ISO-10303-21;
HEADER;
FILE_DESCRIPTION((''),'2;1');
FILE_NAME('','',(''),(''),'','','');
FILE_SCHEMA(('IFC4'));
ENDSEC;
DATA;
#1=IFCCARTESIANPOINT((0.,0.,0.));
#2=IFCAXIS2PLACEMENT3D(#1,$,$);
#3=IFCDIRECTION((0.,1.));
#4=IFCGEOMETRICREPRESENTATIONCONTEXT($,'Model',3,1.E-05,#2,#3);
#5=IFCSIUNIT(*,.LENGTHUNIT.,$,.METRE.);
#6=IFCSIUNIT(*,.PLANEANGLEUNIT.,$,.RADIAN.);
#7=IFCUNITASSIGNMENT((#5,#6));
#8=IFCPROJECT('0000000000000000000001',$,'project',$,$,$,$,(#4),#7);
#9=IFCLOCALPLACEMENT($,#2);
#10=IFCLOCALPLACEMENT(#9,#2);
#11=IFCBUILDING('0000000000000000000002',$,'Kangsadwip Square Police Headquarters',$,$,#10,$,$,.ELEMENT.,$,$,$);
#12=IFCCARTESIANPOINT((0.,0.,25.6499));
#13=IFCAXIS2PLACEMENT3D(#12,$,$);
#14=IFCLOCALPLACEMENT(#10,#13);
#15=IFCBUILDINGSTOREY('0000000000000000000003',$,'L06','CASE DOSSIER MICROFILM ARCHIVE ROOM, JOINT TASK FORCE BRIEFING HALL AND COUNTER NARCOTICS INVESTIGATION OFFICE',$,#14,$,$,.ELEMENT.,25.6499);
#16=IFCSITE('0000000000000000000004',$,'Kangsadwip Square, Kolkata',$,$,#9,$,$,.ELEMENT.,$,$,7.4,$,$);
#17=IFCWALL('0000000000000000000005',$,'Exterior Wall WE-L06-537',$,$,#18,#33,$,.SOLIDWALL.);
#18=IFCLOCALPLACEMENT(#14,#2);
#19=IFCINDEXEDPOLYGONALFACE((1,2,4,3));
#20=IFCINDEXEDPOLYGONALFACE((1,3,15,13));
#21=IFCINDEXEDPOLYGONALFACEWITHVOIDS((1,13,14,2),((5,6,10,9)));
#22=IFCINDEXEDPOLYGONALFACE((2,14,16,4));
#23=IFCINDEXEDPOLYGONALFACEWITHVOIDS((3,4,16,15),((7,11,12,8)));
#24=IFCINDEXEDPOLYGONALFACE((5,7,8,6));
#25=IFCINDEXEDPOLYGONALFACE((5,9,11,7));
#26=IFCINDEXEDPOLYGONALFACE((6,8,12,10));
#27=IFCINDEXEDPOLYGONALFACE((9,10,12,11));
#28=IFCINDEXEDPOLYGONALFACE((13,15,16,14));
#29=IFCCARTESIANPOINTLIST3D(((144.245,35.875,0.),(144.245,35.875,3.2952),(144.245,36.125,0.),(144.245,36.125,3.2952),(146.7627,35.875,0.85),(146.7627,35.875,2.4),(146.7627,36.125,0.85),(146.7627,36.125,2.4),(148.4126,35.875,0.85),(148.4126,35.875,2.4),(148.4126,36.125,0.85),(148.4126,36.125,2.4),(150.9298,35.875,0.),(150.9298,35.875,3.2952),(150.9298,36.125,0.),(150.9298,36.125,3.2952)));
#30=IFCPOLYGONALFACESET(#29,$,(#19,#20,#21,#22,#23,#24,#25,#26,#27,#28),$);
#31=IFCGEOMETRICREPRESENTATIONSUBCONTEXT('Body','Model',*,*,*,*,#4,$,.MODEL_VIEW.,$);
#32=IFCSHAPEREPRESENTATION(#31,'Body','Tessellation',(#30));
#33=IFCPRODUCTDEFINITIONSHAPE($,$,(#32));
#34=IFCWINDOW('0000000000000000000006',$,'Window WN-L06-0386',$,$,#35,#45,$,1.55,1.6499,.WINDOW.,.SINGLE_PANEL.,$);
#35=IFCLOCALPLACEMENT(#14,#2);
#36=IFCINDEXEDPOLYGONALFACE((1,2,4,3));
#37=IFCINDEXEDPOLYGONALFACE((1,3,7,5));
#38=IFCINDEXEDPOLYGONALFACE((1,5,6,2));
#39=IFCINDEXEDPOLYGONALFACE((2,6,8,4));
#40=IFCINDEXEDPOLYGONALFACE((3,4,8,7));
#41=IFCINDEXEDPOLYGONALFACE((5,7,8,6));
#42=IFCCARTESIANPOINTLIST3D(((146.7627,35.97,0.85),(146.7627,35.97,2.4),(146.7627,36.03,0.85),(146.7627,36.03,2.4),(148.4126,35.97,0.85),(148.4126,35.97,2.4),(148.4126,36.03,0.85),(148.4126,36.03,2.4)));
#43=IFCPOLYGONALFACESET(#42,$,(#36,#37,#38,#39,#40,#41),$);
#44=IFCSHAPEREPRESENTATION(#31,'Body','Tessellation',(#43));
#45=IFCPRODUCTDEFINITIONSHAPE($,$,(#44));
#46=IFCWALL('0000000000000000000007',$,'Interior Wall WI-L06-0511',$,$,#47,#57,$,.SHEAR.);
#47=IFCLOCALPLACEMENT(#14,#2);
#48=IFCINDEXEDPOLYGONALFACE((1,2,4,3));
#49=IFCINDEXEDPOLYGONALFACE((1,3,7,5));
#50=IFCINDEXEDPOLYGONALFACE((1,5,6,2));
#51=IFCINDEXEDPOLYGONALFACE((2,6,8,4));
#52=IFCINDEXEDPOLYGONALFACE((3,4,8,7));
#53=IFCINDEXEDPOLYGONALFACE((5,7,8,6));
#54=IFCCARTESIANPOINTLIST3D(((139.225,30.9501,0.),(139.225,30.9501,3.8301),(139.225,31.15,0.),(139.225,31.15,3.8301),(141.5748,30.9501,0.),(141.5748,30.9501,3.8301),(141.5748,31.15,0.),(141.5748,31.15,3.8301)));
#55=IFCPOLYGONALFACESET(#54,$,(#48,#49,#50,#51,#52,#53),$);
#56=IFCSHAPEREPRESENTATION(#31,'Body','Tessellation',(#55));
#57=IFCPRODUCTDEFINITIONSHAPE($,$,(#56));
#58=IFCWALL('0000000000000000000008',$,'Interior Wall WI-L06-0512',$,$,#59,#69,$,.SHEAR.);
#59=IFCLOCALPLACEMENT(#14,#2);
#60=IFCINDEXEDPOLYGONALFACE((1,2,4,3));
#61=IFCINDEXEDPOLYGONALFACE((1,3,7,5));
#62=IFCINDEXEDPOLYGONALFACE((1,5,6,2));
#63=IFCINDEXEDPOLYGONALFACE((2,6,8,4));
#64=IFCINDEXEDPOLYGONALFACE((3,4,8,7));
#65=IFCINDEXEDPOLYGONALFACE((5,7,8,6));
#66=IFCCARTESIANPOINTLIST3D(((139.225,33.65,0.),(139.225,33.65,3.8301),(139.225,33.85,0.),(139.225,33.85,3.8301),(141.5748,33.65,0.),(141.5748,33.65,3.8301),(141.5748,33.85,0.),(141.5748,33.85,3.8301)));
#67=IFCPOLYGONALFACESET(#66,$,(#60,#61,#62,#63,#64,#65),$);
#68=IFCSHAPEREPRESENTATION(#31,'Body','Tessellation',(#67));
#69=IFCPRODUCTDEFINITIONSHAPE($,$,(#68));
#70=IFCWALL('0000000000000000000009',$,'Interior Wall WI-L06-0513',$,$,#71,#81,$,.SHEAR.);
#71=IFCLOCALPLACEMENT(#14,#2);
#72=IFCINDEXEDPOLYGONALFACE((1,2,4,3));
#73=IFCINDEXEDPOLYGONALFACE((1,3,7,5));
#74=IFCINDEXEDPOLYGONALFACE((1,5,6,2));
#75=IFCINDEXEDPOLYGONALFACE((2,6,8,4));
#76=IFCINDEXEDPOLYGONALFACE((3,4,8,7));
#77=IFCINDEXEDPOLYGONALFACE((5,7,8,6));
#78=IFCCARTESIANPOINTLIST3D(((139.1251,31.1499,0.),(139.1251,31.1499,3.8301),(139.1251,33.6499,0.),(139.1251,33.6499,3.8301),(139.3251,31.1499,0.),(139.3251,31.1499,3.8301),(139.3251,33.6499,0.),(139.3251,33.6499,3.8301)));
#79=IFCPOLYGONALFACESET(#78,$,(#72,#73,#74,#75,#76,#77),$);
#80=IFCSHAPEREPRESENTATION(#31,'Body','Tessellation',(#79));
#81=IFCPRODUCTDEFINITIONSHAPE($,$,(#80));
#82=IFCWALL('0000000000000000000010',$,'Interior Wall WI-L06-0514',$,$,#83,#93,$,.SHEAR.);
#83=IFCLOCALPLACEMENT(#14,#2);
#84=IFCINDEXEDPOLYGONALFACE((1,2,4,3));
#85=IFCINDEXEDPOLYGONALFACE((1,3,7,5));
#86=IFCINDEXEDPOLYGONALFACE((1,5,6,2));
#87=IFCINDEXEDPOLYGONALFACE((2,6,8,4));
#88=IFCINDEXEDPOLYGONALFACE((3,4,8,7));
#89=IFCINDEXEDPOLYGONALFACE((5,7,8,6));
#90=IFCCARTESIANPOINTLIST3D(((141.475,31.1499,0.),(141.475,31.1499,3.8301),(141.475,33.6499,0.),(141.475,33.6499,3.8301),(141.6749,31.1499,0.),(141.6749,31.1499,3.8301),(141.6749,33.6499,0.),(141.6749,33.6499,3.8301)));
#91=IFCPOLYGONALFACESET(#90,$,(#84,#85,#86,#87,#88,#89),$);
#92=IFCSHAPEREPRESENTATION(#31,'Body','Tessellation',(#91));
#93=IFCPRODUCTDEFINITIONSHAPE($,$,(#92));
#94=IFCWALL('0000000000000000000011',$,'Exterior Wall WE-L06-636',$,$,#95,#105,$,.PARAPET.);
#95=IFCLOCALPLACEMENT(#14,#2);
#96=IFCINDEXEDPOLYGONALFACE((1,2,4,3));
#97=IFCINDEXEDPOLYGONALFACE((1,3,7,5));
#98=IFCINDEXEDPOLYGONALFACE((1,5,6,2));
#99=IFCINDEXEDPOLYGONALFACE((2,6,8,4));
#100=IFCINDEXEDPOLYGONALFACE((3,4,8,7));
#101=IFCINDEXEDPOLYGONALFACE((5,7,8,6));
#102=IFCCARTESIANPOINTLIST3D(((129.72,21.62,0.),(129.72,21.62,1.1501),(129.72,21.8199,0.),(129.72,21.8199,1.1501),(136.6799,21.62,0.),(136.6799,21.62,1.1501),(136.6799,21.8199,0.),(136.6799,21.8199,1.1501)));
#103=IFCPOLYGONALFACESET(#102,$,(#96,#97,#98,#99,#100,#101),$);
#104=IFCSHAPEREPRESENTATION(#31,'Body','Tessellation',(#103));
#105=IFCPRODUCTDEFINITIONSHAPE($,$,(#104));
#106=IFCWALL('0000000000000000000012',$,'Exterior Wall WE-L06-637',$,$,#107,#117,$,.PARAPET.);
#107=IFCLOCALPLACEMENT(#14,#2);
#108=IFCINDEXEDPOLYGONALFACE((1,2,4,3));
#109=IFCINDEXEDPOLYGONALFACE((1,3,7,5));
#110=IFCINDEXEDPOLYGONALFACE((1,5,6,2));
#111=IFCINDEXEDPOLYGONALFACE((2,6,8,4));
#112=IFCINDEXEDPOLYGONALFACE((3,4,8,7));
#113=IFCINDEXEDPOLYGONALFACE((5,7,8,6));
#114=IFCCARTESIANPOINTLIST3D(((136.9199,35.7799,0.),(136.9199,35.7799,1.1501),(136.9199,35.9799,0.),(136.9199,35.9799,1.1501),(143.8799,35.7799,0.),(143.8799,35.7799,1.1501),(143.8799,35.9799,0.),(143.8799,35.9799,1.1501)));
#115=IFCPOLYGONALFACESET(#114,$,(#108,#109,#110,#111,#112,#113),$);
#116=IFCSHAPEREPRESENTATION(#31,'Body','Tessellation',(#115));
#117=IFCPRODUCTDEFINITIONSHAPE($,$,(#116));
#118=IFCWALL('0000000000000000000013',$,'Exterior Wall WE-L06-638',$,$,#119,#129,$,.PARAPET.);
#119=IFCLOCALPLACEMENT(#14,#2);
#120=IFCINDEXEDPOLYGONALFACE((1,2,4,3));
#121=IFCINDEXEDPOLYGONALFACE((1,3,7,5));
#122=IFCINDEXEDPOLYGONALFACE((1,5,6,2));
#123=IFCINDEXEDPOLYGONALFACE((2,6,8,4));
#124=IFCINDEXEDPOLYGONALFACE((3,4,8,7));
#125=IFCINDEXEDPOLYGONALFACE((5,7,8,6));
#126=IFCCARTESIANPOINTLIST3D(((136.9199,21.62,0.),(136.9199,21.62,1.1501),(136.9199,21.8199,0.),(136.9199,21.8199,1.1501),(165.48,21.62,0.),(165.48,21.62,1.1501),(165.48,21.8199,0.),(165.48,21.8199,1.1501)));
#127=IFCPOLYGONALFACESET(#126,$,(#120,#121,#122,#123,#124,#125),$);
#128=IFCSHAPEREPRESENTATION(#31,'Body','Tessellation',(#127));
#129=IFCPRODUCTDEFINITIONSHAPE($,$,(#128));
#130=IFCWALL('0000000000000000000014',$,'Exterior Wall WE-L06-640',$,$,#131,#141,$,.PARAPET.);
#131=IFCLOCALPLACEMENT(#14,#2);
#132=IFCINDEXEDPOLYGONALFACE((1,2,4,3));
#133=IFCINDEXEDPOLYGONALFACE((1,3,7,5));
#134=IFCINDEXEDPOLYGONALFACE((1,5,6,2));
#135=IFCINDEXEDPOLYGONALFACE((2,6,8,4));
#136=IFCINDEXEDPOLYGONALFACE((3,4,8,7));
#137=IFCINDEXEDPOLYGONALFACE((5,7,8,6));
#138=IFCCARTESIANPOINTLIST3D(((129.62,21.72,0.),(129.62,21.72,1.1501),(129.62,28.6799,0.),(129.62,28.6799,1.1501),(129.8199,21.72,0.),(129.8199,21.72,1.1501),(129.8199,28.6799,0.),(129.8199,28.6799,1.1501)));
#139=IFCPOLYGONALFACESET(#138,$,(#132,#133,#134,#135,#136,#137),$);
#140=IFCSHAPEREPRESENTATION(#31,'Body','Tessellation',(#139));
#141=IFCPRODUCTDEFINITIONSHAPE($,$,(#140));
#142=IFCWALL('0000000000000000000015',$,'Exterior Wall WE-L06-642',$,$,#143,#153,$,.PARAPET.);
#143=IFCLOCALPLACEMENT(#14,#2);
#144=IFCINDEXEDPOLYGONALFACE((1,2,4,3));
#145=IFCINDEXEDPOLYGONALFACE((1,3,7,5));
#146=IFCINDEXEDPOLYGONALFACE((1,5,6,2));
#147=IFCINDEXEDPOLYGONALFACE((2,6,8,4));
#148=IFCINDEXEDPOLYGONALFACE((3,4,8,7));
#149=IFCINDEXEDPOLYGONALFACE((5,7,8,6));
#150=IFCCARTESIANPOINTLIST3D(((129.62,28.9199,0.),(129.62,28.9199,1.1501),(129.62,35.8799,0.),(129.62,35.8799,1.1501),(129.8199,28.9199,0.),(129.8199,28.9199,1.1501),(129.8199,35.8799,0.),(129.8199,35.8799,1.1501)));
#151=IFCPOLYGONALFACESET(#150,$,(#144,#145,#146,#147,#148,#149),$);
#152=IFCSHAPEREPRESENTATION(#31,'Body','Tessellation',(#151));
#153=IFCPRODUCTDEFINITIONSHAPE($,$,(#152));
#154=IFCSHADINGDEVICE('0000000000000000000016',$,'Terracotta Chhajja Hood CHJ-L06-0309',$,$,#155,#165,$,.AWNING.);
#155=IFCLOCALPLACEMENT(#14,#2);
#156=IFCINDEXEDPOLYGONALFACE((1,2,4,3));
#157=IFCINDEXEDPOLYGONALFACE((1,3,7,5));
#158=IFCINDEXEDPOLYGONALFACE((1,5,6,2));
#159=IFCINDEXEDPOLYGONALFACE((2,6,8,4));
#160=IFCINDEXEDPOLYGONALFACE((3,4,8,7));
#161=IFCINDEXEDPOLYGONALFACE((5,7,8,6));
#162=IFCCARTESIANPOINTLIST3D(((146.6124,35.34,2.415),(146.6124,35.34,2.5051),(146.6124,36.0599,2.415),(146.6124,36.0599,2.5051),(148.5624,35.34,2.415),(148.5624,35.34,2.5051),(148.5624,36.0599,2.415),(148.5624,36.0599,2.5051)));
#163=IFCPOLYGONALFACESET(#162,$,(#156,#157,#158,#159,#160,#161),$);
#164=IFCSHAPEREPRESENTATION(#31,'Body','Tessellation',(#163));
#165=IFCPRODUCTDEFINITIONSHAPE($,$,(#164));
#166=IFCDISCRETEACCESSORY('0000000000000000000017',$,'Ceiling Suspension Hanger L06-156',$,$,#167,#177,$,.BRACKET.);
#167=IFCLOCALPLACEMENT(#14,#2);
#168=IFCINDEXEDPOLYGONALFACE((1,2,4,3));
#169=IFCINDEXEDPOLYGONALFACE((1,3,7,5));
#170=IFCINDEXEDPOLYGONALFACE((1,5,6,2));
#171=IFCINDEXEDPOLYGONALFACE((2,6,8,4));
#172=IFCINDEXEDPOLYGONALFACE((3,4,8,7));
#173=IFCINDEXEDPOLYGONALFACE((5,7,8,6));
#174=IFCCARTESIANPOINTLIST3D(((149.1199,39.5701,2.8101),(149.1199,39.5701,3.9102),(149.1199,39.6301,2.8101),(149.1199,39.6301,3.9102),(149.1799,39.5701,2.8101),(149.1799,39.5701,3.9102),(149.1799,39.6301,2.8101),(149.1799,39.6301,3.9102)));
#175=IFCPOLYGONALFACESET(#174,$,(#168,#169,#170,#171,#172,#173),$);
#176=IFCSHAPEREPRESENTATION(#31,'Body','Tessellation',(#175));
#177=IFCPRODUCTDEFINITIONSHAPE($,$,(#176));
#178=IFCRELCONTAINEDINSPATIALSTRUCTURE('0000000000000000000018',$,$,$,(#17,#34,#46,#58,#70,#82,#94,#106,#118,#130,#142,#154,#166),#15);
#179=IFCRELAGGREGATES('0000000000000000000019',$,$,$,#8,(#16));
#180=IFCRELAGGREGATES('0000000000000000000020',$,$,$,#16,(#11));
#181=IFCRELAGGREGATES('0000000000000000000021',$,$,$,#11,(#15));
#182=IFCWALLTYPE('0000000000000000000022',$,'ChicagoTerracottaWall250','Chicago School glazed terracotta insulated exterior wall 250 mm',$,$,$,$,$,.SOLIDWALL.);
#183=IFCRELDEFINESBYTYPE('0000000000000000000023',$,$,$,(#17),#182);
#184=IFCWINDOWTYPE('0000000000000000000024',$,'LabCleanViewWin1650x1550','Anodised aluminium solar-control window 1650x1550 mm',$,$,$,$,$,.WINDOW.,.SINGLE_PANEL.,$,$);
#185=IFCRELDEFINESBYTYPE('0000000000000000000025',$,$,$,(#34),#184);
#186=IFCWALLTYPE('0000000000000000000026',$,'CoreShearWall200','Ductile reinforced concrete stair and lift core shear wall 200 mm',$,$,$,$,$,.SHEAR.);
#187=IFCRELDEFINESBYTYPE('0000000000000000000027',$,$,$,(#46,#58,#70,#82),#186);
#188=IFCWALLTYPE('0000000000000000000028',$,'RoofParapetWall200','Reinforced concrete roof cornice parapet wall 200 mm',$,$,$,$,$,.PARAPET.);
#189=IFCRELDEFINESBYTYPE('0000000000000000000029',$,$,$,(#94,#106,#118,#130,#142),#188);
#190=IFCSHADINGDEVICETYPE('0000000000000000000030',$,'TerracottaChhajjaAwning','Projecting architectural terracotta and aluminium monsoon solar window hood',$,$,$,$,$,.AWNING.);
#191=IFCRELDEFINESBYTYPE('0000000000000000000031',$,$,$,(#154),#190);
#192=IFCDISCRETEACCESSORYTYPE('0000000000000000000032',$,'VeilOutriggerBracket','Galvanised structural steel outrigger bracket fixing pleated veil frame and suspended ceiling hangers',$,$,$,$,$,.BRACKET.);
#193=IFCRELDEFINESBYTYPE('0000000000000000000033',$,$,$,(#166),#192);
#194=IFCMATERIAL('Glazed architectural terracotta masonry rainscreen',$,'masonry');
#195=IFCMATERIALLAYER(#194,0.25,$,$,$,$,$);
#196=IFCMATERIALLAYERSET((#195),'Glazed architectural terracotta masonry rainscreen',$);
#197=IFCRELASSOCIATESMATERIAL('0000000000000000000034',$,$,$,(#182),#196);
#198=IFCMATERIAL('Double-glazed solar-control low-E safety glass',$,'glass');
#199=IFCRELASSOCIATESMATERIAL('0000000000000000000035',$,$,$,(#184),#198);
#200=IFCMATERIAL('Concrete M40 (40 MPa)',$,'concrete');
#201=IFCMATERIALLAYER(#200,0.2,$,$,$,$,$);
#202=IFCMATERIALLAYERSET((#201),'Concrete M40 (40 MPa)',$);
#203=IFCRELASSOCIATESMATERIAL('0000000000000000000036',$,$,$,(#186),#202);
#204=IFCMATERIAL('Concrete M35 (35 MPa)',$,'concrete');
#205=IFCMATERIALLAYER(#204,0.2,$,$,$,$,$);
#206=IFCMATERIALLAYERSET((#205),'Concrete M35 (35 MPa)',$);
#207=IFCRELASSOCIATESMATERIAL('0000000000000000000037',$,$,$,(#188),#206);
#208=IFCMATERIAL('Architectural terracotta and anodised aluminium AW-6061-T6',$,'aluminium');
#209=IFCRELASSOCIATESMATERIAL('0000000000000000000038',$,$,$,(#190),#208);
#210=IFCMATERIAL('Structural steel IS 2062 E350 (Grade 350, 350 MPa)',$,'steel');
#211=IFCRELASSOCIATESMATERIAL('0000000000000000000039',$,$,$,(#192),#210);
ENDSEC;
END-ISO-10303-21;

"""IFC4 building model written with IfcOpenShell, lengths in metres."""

from ifc_helpers import new_model, si_unit, direction, frame, frame_2d, origin, origin_2d, place, context, subcontext, project, spatial, rectangle, extrude, material, layer, layer_set, type_object, element, fill, save


model = new_model("IFC4")

# Units and contexts
model_context = context("Model", 3, precision=1e-05, world=origin(), true_north=direction((0.0, 1.0)))
body_context = subcontext(model_context, "Body", "Model", "MODEL_VIEW")
ifc_project = project(units=[si_unit("LENGTHUNIT", "METRE"), si_unit("PLANEANGLEUNIT", "RADIAN")], contexts=[model_context])

# Site, building, storey
site_placement = place(None, origin())
site = spatial("IfcSite", under=ifc_project, at=site_placement, Name="Kangsadwip Square, Kolkata", CompositionType="ELEMENT", RefElevation=7.4)
building_placement = place(site_placement, origin())
building = spatial("IfcBuilding", under=site, at=building_placement, Name="Kangsadwip Square Police Headquarters", CompositionType="ELEMENT")
storey_placement = place(building_placement, frame((0.0, 0.0, 25.6499)))
storey = spatial("IfcBuildingStorey", under=building, at=storey_placement, Name="L06", Description="CASE DOSSIER MICROFILM ARCHIVE ROOM, JOINT TASK FORCE BRIEFING HALL AND COUNTER NARCOTICS INVESTIGATION OFFICE", CompositionType="ELEMENT", Elevation=25.6499)

# Wall, opening, window
ifc_material_1 = material(Name="Glazed architectural terracotta masonry rainscreen", Category="masonry")
ifc_layer_1 = layer(ifc_material_1, 0.25)
ifc_layer_set_1 = layer_set([ifc_layer_1], Name="Glazed architectural terracotta masonry rainscreen")
wall_type_1 = type_object("IfcWallType", Name="ChicagoTerracottaWall250", Description="Chicago School glazed terracotta insulated exterior wall 250 mm", PredefinedType="SOLIDWALL", material=ifc_layer_set_1)
wall_1_placement = place(storey_placement, frame((144.2451, 36.0, 0.0), z_axis=(0.0, 0.0, 1.0), x_axis=(1.0, 0.0, 0.0)))
wall_1 = element("IfcWall", 1, at=wall_1_placement, inside=storey, type_object=wall_type_1, Name="Exterior Wall WE-L06-537", PredefinedType="SOLIDWALL", context=body_context, shape_type="SweptSolid", body=[
    extrude(rectangle(XDim=6.6848, YDim=0.25, at=frame_2d((3.3423, 0.0))), origin(), (0.0, 0.0, 1.0), 3.2952),
])
opening_1_placement = place(wall_1_placement, frame((2.5176, 0.0, 0.8501)))
opening_1 = element("IfcOpeningElement", 2, at=opening_1_placement, cuts=wall_1, PredefinedType="OPENING", context=body_context, shape_type="SweptSolid", body=[
    extrude(rectangle(XDim=1.6499, YDim=1.55, at=frame_2d((0.825, 0.7749))), frame((0.0, 0.135, 0.0), z_axis=(0.0, -1.0, 0.0), x_axis=(1.0, 0.0, 0.0)), (0.0, 0.0, 1.0), 0.27),
])
ifc_material_2 = material(Name="Double-glazed solar-control low-E safety glass", Category="glass")
window_type = type_object("IfcWindowType", Name="LabCleanViewWin1650x1550", Description="Anodised aluminium solar-control window 1650x1550 mm", PartitioningType="SINGLE_PANEL", PredefinedType="WINDOW", material=ifc_material_2)
window_placement = place(opening_1_placement, origin())
window = element("IfcWindow", 3, at=window_placement, inside=storey, type_object=window_type, Name="Window WN-L06-0386", OverallHeight=1.55, OverallWidth=1.6499, PartitioningType="SINGLE_PANEL", PredefinedType="WINDOW", context=body_context, shape_type="SweptSolid", body=[
    extrude(rectangle(XDim=1.6499, YDim=1.55, at=frame_2d((0.825, 0.7749))), frame((0.0, 0.03, 0.0), z_axis=(0.0, -1.0, 0.0), x_axis=(1.0, 0.0, 0.0)), (0.0, 0.0, 1.0), 0.0601),
])
fill(opening_1, window)

# Walls
ifc_material_3 = material(Name="Concrete M40 (40 MPa)", Category="concrete")
ifc_layer_2 = layer(ifc_material_3, 0.2)
ifc_layer_set_2 = layer_set([ifc_layer_2], Name="Concrete M40 (40 MPa)")
wall_type_2 = type_object("IfcWallType", Name="CoreShearWall200", Description="Ductile reinforced concrete stair and lift core shear wall 200 mm", PredefinedType="SHEAR", material=ifc_layer_set_2)
for number, where, z_axis, x_axis, name in (
    (4, (139.2251, 31.05, 0.0), (0.0, 0.0, 1.0), (1.0, 0.0, 0.0), "Interior Wall WI-L06-0511"),
    (5, (139.2251, 33.75, 0.0), (0.0, 0.0, 1.0), (1.0, 0.0, 0.0), "Interior Wall WI-L06-0512"),
):
    element("IfcWall", number, at=place(storey_placement, frame(where, z_axis=z_axis, x_axis=x_axis)), inside=storey, type_object=wall_type_2, Name=name, PredefinedType="SHEAR", context=body_context, shape_type="SweptSolid", body=[
        extrude(rectangle(XDim=2.3499, YDim=0.2, at=frame_2d((1.1748, 0.0))), origin(), (0.0, 0.0, 1.0), 3.8301),
    ])
for number, where, z_axis, x_axis, name in (
    (6, (139.2251, 31.1499, 0.0), (0.0, 0.0, 1.0), (0.0, 1.0, 0.0), "Interior Wall WI-L06-0513"),
    (7, (141.575, 31.1499, 0.0), (0.0, 0.0, 1.0), (0.0, 1.0, 0.0), "Interior Wall WI-L06-0514"),
):
    element("IfcWall", number, at=place(storey_placement, frame(where, z_axis=z_axis, x_axis=x_axis)), inside=storey, type_object=wall_type_2, Name=name, PredefinedType="SHEAR", context=body_context, shape_type="SweptSolid", body=[
        extrude(rectangle(XDim=2.5, YDim=0.2, at=frame_2d((1.25, 0.0))), origin(), (0.0, 0.0, 1.0), 3.8301),
    ])
ifc_material_4 = material(Name="Concrete M35 (35 MPa)", Category="concrete")
ifc_layer_3 = layer(ifc_material_4, 0.2)
ifc_layer_set_3 = layer_set([ifc_layer_3], Name="Concrete M35 (35 MPa)")
wall_type_3 = type_object("IfcWallType", Name="RoofParapetWall200", Description="Reinforced concrete roof cornice parapet wall 200 mm", PredefinedType="PARAPET", material=ifc_layer_set_3)
for number, where, z_axis, x_axis, name in (
    (8, (129.72, 21.72, 0.0), (0.0, 0.0, 1.0), (1.0, 0.0, 0.0), "Exterior Wall WE-L06-636"),
    (9, (136.9199, 35.8799, 0.0), (0.0, 0.0, 1.0), (1.0, 0.0, 0.0), "Exterior Wall WE-L06-637"),
):
    element("IfcWall", number, at=place(storey_placement, frame(where, z_axis=z_axis, x_axis=x_axis)), inside=storey, type_object=wall_type_3, Name=name, PredefinedType="PARAPET", context=body_context, shape_type="SweptSolid", body=[
        extrude(rectangle(XDim=6.96, YDim=0.2, at=frame_2d((3.48, 0.0))), origin(), (0.0, 0.0, 1.0), 1.1501),
    ])
wall_2_placement = place(storey_placement, frame((136.9199, 21.72, 0.0), z_axis=(0.0, 0.0, 1.0), x_axis=(1.0, 0.0, 0.0)))
element("IfcWall", 10, at=wall_2_placement, inside=storey, type_object=wall_type_3, Name="Exterior Wall WE-L06-638", PredefinedType="PARAPET", context=body_context, shape_type="SweptSolid", body=[
    extrude(rectangle(XDim=28.5601, YDim=0.2, at=frame_2d((14.28, 0.0))), origin(), (0.0, 0.0, 1.0), 1.1501),
])
for number, where, z_axis, x_axis, name in (
    (11, (129.72, 21.72, 0.0), (0.0, 0.0, 1.0), (0.0, 1.0, 0.0), "Exterior Wall WE-L06-640"),
    (12, (129.72, 28.9199, 0.0), (0.0, 0.0, 1.0), (0.0, 1.0, 0.0), "Exterior Wall WE-L06-642"),
):
    element("IfcWall", number, at=place(storey_placement, frame(where, z_axis=z_axis, x_axis=x_axis)), inside=storey, type_object=wall_type_3, Name=name, PredefinedType="PARAPET", context=body_context, shape_type="SweptSolid", body=[
        extrude(rectangle(XDim=6.96, YDim=0.2, at=frame_2d((3.48, 0.0))), origin(), (0.0, 0.0, 1.0), 1.1501),
    ])

# Shading device
ifc_material_5 = material(Name="Architectural terracotta and anodised aluminium AW-6061-T6", Category="aluminium")
shading_device_type = type_object("IfcShadingDeviceType", Name="TerracottaChhajjaAwning", Description="Projecting architectural terracotta and aluminium monsoon solar window hood", PredefinedType="AWNING", material=ifc_material_5)
shading_device_placement = place(storey_placement, frame((147.5874, 35.7, 2.415), z_axis=(0.0, 0.0, 1.0), x_axis=(1.0, 0.0, 0.0)))
element("IfcShadingDevice", 13, at=shading_device_placement, inside=storey, type_object=shading_device_type, Name="Terracotta Chhajja Hood CHJ-L06-0309", PredefinedType="AWNING", context=body_context, shape_type="SweptSolid", body=[
    extrude(rectangle(XDim=1.95, YDim=0.72, at=origin_2d()), origin(), (0.0, 0.0, 1.0), 0.0901),
])

# Discrete accessory
ifc_material_6 = material(Name="Structural steel IS 2062 E350 (Grade 350, 350 MPa)", Category="steel")
discrete_accessory_type = type_object("IfcDiscreteAccessoryType", Name="VeilOutriggerBracket", Description="Galvanised structural steel outrigger bracket fixing pleated veil frame and suspended ceiling hangers", PredefinedType="BRACKET", material=ifc_material_6)
discrete_accessory_placement = place(storey_placement, frame((149.1499, 39.6001, 2.8101), z_axis=(0.0, 0.0, 1.0), x_axis=(1.0, 0.0, 0.0)))
element("IfcDiscreteAccessory", 14, at=discrete_accessory_placement, inside=storey, type_object=discrete_accessory_type, Name="Ceiling Suspension Hanger L06-156", PredefinedType="BRACKET", context=body_context, shape_type="SweptSolid", body=[
    extrude(rectangle(XDim=0.0601, YDim=0.0601, at=origin_2d()), origin(), (0.0, 0.0, 1.0), 1.1001),
])

save(model, "model.ifc")
